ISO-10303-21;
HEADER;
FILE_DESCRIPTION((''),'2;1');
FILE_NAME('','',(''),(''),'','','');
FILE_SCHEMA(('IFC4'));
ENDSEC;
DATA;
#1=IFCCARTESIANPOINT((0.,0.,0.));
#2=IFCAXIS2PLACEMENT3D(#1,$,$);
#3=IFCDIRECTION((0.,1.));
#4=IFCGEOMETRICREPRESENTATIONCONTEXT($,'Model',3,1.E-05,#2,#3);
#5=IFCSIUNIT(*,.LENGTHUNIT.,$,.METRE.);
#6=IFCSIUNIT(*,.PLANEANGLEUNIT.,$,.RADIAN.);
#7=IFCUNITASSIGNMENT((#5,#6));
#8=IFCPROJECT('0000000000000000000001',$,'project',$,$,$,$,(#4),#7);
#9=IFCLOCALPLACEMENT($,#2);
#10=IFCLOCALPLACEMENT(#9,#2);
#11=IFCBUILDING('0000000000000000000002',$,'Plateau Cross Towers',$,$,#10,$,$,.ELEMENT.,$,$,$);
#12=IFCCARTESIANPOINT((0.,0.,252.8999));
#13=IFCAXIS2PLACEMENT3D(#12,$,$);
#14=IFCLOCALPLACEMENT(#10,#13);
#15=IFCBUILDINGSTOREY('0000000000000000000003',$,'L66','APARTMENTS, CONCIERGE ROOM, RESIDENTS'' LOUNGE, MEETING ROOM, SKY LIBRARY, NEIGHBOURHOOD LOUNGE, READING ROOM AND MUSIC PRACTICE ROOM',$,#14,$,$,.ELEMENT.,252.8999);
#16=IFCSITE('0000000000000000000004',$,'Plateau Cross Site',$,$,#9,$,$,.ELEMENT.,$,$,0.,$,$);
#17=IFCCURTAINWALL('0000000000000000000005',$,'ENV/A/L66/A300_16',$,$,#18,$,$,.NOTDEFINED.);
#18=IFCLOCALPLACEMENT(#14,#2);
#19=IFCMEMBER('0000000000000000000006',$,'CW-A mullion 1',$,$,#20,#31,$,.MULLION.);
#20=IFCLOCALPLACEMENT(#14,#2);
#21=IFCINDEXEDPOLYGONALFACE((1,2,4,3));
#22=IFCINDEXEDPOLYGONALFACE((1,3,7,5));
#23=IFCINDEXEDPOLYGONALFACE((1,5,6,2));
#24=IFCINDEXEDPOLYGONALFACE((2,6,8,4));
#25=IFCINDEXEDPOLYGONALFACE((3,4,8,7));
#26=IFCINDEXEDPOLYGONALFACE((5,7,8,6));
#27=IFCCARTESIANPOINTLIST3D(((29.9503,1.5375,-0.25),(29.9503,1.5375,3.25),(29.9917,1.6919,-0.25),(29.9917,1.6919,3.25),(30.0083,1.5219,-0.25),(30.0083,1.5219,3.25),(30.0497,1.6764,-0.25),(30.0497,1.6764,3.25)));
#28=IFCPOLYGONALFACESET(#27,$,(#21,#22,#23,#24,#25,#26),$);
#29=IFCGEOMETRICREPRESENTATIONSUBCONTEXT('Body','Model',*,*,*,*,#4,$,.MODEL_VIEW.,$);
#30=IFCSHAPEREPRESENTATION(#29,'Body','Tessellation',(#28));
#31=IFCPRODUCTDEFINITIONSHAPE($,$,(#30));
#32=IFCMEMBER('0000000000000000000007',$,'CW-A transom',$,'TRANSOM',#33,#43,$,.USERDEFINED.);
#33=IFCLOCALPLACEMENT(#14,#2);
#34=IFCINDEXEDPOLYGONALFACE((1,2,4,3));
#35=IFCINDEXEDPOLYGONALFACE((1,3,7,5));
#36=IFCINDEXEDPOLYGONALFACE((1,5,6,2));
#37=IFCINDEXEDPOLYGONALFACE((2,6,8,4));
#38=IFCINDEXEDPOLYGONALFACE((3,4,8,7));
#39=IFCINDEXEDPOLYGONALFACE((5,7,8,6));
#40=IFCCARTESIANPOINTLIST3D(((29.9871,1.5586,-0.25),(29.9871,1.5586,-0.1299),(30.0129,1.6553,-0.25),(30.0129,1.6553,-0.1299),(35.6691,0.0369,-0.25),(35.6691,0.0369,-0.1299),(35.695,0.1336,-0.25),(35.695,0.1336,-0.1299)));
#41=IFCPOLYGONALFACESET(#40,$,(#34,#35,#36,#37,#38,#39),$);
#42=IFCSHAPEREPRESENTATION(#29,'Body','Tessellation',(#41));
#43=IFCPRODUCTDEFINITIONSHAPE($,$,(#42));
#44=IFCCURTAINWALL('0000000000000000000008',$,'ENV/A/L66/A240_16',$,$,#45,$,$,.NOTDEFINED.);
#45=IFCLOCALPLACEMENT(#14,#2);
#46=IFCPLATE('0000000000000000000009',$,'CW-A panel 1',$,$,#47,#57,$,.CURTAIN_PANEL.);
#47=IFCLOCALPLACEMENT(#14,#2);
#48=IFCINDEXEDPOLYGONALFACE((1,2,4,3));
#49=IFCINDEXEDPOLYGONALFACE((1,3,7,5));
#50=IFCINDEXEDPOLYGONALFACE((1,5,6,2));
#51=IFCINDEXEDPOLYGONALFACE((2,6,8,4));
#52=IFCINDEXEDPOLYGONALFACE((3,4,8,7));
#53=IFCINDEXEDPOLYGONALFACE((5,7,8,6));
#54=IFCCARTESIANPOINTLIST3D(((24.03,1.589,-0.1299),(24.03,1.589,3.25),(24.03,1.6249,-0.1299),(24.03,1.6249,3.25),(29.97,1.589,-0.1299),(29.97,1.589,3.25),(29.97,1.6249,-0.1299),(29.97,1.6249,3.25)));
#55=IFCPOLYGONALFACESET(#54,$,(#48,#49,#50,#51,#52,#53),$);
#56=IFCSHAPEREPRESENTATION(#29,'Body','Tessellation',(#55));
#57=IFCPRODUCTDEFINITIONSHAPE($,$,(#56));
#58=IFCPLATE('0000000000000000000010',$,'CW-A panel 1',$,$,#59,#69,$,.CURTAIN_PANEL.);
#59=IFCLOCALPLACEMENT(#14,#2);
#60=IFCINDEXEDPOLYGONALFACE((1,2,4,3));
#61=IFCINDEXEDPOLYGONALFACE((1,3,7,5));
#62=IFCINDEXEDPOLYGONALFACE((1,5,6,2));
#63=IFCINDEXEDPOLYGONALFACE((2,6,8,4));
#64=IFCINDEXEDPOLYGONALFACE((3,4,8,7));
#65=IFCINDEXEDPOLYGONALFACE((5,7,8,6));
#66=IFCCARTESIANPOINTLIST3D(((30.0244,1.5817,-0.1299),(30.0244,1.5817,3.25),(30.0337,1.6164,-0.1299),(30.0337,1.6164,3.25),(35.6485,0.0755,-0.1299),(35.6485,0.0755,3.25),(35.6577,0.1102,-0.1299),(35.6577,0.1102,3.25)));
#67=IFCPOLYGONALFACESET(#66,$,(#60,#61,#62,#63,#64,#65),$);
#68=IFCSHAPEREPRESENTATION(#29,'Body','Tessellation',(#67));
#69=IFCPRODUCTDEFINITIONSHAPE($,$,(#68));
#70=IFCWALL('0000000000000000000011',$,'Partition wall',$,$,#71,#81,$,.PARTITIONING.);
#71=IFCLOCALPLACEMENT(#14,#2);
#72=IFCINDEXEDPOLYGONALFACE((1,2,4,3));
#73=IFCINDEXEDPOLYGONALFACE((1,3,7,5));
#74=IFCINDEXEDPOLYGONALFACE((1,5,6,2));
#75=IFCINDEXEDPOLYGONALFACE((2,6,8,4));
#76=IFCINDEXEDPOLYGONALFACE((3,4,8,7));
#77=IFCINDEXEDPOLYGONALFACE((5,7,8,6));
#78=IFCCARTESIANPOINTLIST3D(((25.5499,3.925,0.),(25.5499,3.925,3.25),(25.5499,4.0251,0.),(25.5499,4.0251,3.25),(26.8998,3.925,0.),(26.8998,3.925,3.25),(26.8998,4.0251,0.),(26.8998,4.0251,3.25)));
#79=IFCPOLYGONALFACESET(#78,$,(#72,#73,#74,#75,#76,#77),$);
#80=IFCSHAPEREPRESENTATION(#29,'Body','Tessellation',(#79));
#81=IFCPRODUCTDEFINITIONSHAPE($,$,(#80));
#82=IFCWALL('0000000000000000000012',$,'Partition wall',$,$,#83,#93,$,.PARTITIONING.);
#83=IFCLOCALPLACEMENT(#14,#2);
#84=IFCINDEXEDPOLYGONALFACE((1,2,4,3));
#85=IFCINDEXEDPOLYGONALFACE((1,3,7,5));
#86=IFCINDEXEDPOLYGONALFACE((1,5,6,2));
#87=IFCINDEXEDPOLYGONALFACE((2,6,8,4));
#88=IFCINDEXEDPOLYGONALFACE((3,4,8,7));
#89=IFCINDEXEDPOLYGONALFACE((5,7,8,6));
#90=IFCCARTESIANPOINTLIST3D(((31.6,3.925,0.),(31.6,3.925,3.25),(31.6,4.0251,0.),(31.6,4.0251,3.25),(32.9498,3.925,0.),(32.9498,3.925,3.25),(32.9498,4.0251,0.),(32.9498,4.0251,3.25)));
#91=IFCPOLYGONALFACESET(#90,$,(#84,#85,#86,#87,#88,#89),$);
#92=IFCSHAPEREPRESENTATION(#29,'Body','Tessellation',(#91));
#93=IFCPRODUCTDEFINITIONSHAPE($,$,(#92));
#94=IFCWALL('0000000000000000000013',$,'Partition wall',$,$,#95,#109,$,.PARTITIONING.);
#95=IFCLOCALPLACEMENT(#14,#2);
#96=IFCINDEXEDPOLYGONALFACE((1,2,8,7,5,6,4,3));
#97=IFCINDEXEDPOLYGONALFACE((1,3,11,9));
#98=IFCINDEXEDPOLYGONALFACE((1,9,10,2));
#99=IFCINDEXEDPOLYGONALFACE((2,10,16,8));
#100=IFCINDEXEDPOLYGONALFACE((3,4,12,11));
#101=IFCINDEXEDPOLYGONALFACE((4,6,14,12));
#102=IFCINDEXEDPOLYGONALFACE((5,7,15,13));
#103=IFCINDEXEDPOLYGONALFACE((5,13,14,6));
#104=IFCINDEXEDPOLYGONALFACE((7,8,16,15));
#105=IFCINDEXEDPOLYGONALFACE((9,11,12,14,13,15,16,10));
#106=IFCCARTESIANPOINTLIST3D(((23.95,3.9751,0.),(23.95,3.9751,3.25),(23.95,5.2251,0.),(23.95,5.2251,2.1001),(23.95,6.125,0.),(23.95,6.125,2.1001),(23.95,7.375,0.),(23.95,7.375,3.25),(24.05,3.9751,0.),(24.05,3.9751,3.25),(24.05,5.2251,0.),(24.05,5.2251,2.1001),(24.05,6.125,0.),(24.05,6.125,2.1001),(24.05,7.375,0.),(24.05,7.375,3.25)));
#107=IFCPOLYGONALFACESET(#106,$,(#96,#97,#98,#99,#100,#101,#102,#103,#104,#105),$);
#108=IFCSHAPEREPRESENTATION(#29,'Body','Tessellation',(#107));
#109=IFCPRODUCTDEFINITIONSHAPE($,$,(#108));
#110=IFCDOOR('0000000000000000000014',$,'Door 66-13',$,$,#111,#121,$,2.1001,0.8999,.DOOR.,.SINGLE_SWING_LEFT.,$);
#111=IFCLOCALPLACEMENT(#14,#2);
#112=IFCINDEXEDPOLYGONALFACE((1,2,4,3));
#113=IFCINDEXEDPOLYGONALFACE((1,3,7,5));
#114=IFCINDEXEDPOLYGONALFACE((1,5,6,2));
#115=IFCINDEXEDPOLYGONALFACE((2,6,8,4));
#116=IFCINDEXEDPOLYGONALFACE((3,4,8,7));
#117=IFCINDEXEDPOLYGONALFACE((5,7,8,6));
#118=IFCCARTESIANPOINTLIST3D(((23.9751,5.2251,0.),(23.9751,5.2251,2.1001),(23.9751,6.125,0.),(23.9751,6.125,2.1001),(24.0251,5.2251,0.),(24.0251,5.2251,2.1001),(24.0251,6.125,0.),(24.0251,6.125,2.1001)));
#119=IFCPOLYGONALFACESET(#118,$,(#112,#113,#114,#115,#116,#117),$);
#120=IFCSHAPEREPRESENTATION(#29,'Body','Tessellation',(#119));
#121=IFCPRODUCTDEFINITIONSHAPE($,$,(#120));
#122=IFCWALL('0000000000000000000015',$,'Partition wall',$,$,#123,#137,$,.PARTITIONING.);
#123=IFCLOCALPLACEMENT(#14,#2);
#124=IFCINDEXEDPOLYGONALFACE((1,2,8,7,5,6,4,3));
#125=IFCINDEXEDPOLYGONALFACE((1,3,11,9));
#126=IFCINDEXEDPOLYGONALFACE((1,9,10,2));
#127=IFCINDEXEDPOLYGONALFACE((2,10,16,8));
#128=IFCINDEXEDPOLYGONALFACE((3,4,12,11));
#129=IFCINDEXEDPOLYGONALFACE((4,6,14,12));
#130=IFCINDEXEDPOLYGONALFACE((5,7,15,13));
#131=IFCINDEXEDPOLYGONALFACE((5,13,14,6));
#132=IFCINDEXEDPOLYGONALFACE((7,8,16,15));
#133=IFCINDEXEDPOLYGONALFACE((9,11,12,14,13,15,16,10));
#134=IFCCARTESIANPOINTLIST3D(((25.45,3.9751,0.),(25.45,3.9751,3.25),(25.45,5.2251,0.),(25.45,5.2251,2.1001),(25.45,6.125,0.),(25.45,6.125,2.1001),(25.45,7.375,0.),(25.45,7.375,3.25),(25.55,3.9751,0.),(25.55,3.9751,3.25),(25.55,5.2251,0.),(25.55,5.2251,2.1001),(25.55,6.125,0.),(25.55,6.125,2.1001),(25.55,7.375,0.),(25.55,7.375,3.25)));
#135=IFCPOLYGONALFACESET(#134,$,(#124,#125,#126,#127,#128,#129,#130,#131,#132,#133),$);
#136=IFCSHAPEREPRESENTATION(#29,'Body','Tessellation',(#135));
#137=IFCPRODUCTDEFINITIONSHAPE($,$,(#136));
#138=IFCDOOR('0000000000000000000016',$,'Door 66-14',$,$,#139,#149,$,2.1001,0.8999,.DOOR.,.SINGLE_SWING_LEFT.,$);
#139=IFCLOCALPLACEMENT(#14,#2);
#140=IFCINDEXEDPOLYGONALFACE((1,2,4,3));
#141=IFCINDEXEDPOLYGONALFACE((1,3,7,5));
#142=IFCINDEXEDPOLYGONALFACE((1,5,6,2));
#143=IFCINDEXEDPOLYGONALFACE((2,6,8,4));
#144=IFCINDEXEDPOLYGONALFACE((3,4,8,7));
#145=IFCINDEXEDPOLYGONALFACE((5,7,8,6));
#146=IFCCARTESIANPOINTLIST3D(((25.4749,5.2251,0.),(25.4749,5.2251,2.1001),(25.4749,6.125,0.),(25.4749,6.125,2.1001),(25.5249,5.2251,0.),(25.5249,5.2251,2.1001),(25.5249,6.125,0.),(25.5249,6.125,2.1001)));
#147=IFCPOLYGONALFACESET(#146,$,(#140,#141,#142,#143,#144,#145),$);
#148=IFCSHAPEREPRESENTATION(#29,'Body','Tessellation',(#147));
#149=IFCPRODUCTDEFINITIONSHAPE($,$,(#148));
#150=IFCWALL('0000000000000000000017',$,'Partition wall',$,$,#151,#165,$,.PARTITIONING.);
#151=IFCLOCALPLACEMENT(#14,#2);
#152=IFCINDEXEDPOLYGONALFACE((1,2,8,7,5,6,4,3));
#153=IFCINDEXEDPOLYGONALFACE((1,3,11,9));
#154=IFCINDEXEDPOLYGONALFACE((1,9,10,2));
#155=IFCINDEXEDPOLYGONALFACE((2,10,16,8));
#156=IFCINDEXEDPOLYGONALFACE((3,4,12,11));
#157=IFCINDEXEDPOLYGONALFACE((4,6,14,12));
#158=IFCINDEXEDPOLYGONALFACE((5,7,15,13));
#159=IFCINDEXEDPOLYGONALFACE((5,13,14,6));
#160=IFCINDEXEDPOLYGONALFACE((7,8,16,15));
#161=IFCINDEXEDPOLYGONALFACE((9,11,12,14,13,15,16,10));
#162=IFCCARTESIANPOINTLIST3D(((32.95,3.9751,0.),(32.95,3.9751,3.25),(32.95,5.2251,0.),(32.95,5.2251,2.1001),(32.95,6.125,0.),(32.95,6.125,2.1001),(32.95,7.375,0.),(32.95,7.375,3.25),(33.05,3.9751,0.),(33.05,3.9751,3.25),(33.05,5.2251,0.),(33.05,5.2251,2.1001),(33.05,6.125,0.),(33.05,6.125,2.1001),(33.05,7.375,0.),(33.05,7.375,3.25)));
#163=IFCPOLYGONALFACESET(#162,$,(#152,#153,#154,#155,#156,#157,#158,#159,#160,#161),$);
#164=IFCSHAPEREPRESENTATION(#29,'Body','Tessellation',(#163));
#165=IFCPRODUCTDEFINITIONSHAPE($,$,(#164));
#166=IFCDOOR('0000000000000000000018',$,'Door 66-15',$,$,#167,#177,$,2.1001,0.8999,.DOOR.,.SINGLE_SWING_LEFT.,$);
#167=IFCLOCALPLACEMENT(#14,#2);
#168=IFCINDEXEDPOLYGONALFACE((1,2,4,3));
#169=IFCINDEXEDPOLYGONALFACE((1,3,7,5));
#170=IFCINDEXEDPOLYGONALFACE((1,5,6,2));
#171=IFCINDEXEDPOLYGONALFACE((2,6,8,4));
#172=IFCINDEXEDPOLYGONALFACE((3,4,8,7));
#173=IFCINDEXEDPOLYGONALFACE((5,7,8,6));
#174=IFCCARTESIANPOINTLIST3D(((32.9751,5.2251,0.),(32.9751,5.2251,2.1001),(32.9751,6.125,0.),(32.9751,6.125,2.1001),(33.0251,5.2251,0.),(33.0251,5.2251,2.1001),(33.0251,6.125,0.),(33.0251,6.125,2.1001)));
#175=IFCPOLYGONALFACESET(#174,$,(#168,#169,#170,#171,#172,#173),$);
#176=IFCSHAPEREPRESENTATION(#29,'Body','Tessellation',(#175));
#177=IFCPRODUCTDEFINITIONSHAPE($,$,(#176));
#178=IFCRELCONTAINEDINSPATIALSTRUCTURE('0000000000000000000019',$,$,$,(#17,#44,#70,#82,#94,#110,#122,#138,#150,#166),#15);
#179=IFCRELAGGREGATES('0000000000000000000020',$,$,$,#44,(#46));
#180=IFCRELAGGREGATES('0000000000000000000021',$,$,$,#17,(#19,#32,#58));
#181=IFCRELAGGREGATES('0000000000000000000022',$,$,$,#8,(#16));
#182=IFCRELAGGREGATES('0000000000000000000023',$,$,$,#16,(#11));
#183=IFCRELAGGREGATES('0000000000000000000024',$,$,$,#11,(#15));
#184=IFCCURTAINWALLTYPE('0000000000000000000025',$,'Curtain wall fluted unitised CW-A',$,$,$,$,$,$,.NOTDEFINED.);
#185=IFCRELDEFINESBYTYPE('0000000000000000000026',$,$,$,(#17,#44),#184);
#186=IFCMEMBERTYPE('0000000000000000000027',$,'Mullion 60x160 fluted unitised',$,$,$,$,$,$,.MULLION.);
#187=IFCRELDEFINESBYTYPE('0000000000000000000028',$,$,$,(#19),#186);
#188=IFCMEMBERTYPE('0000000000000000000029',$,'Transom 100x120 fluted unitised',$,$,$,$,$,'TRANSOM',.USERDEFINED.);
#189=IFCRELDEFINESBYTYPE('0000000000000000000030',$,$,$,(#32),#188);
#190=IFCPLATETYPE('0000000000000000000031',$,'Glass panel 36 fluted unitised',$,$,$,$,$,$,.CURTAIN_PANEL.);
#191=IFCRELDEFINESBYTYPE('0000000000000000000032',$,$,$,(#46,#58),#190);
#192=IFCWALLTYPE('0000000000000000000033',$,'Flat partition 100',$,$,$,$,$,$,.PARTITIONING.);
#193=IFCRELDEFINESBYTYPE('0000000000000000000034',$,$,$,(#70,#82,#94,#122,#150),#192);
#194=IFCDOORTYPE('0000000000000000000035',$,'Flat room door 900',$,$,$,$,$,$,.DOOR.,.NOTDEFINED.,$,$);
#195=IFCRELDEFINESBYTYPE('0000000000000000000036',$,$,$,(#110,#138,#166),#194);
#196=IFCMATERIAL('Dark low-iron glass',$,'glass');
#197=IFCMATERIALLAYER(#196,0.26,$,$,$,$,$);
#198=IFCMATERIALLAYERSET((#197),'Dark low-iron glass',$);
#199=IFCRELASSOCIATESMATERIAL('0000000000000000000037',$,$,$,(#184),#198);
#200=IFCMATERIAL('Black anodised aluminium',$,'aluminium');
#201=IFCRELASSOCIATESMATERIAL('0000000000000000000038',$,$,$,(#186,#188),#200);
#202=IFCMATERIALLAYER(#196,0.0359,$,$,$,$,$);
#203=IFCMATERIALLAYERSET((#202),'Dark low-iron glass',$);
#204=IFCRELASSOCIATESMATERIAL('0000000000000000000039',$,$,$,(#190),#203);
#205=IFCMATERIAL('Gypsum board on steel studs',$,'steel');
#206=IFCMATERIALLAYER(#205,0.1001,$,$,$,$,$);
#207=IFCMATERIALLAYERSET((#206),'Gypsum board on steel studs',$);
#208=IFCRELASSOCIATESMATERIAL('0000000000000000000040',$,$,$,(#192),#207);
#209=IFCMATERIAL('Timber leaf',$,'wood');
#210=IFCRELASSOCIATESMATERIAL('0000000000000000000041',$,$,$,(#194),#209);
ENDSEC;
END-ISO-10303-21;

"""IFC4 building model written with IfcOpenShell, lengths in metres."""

from ifc_helpers import new_model, si_unit, direction, frame, frame_2d, origin, origin_2d, place, context, subcontext, project, spatial, rectangle, extrude, material, layer, layer_set, material_profile, profile_set, type_object, element, fill, aggregate, save


model = new_model("IFC4")

# Units and contexts
model_context = context("Model", 3, precision=1e-05, world=origin(), true_north=direction((0.0, 1.0)))
body_context = subcontext(model_context, "Body", "Model", "MODEL_VIEW")
ifc_project = project(units=[si_unit("LENGTHUNIT", "METRE"), si_unit("PLANEANGLEUNIT", "RADIAN")], contexts=[model_context])

# Site, building, storey
site_placement = place(None, origin())
site = spatial("IfcSite", under=ifc_project, at=site_placement, Name="Plateau Cross Site", CompositionType="ELEMENT", RefElevation=0.0)
building_placement = place(site_placement, origin())
building = spatial("IfcBuilding", under=site, at=building_placement, Name="Plateau Cross Towers", CompositionType="ELEMENT")
storey_placement = place(building_placement, frame((0.0, 0.0, 252.8999)))
storey = spatial("IfcBuildingStorey", under=building, at=storey_placement, Name="L66", Description="APARTMENTS, CONCIERGE ROOM, RESIDENTS' LOUNGE, MEETING ROOM, SKY LIBRARY, NEIGHBOURHOOD LOUNGE, READING ROOM AND MUSIC PRACTICE ROOM", CompositionType="ELEMENT", Elevation=252.8999)

# Curtain wall, members
ifc_material_1 = material(Name="Dark low-iron glass", Category="glass")
ifc_layer_1 = layer(ifc_material_1, 0.26)
ifc_layer_set_1 = layer_set([ifc_layer_1], Name="Dark low-iron glass")
curtain_wall_type = type_object("IfcCurtainWallType", Name="Curtain wall fluted unitised CW-A", PredefinedType="NOTDEFINED", material=ifc_layer_set_1)
curtain_wall_1_placement = place(storey_placement, origin())
curtain_wall_1 = element("IfcCurtainWall", 1, at=curtain_wall_1_placement, inside=storey, type_object=curtain_wall_type, Name="ENV/A/L66/A300_16", PredefinedType="NOTDEFINED")
ifc_material_2 = material(Name="Black anodised aluminium", Category="aluminium")
ifc_material_profile_1 = material_profile(ifc_material_2, rectangle(XDim=0.0601, YDim=0.1599, at=origin_2d()), Name="MULLION 60x160")
ifc_profile_set_1 = profile_set([ifc_material_profile_1], Name="Black anodised aluminium")
member_type_1 = type_object("IfcMemberType", Name="Mullion 60x160 fluted unitised", PredefinedType="MULLION", material=ifc_profile_set_1)
member_1_placement = place(storey_placement, frame((30.0, 1.6069, -0.25), z_axis=(0.0, 0.0, 1.0), x_axis=(0.965958, -0.258699, 0.0)))
member_1 = element("IfcMember", 2, at=member_1_placement, type_object=member_type_1, Name="CW-A mullion 1", PredefinedType="MULLION", context=body_context, shape_type="SweptSolid", body=[
    extrude(rectangle(XDim=0.0601, YDim=0.1599, at=origin_2d()), origin(), (0.0, 0.0, 1.0), 3.5),
])
ifc_material_profile_2 = material_profile(ifc_material_2, rectangle(XDim=0.1001, YDim=0.1201, at=origin_2d()), Name="TRANSOM 100x120")
ifc_profile_set_2 = profile_set([ifc_material_profile_2], Name="Black anodised aluminium")
member_type_2 = type_object("IfcMemberType", Name="Transom 100x120 fluted unitised", ElementType="TRANSOM", PredefinedType="USERDEFINED", material=ifc_profile_set_2)
member_2_placement = place(storey_placement, frame((30.0, 1.6069, -0.1899), z_axis=(0.96596, -0.258693, 0.0), x_axis=(0.258693, 0.96596, 0.0)))
member_2 = element("IfcMember", 3, at=member_2_placement, type_object=member_type_2, Name="CW-A transom", ObjectType="TRANSOM", PredefinedType="USERDEFINED", context=body_context, shape_type="SweptSolid", body=[
    extrude(rectangle(XDim=0.1001, YDim=0.1201, at=origin_2d()), origin(), (0.0, 0.0, 1.0), 5.8823),
])

# Curtain wall, plate
curtain_wall_2_placement = place(storey_placement, origin())
curtain_wall_2 = element("IfcCurtainWall", 4, at=curtain_wall_2_placement, inside=storey, type_object=curtain_wall_type, Name="ENV/A/L66/A240_16", PredefinedType="NOTDEFINED")
ifc_layer_2 = layer(ifc_material_1, 0.0359)
ifc_layer_set_2 = layer_set([ifc_layer_2], Name="Dark low-iron glass")
plate_type = type_object("IfcPlateType", Name="Glass panel 36 fluted unitised", PredefinedType="CURTAIN_PANEL", material=ifc_layer_set_2)
plate_1_placement = place(storey_placement, frame((27.0, 1.6069, -0.1299), z_axis=(0.0, 0.0, 1.0), x_axis=(1.0, 0.0, 0.0)))
plate_1 = element("IfcPlate", 5, at=plate_1_placement, type_object=plate_type, Name="CW-A panel 1", PredefinedType="CURTAIN_PANEL", context=body_context, shape_type="SweptSolid", body=[
    extrude(rectangle(XDim=5.9399, YDim=0.0359, at=origin_2d()), origin(), (0.0, 0.0, 1.0), 3.3799),
])
aggregate(curtain_wall_2, [plate_1])

# Plate
plate_2_placement = place(storey_placement, frame((32.8411, 0.8459, -0.1299), z_axis=(0.0, 0.0, 1.0), x_axis=(0.965958, -0.258699, 0.0)))
plate_2 = element("IfcPlate", 6, at=plate_2_placement, type_object=plate_type, Name="CW-A panel 1", PredefinedType="CURTAIN_PANEL", context=body_context, shape_type="SweptSolid", body=[
    extrude(rectangle(XDim=5.8223, YDim=0.0359, at=origin_2d()), origin(), (0.0, 0.0, 1.0), 3.3799),
])
aggregate(curtain_wall_1, [member_1, member_2, plate_2])

# Walls
ifc_material_3 = material(Name="Gypsum board on steel studs", Category="steel")
ifc_layer_3 = layer(ifc_material_3, 0.1001)
ifc_layer_set_3 = layer_set([ifc_layer_3], Name="Gypsum board on steel studs")
wall_type_1 = type_object("IfcWallType", Name="Flat partition 100", PredefinedType="PARTITIONING", material=ifc_layer_set_3)
for number, where, z_axis, x_axis, name in (
    (7, (25.55, 3.9751, 0.0), (0.0, 0.0, 1.0), (1.0, 0.0, 0.0), "Partition wall"),
    (8, (31.6001, 3.9751, 0.0), (0.0, 0.0, 1.0), (1.0, 0.0, 0.0), "Partition wall"),
):
    element("IfcWall", number, at=place(storey_placement, frame(where, z_axis=z_axis, x_axis=x_axis)), inside=storey, type_object=wall_type_1, Name=name, PredefinedType="PARTITIONING", context=body_context, shape_type="SweptSolid", body=[
        extrude(rectangle(XDim=1.3499, YDim=0.1001, at=frame_2d((0.6748, 0.0))), origin(), (0.0, 0.0, 1.0), 3.25),
    ])

# Walls, openings, doors
wall_1_placement = place(storey_placement, frame((24.0, 3.9751, 0.0), z_axis=(0.0, 0.0, 1.0), x_axis=(0.0, 1.0, 0.0)))
wall_1 = element("IfcWall", 9, at=wall_1_placement, inside=storey, type_object=wall_type_1, Name="Partition wall", PredefinedType="PARTITIONING", context=body_context, shape_type="SweptSolid", body=[
    extrude(rectangle(XDim=3.3999, YDim=0.1001, at=frame_2d((1.7, 0.0))), origin(), (0.0, 0.0, 1.0), 3.25),
])
opening_1_placement = place(wall_1_placement, frame((1.25, 0.0, 0.0)))
opening_1 = element("IfcOpeningElement", 10, at=opening_1_placement, cuts=wall_1, PredefinedType="OPENING", context=body_context, shape_type="SweptSolid", body=[
    extrude(rectangle(XDim=0.8999, YDim=2.1001, at=frame_2d((0.45, 1.05))), frame((0.0, 0.0601, 0.0), z_axis=(0.0, -1.0, 0.0), x_axis=(1.0, 0.0, 0.0)), (0.0, 0.0, 1.0), 0.1201),
])
ifc_material_4 = material(Name="Timber leaf", Category="wood")
door_type = type_object("IfcDoorType", Name="Flat room door 900", OperationType="NOTDEFINED", PredefinedType="DOOR", material=ifc_material_4)
door_1_placement = place(opening_1_placement, origin())
door_1 = element("IfcDoor", 11, at=door_1_placement, inside=storey, type_object=door_type, Name="Door 66-13", OperationType="SINGLE_SWING_LEFT", OverallHeight=2.1001, OverallWidth=0.8999, PredefinedType="DOOR", context=body_context, shape_type="SweptSolid", body=[
    extrude(rectangle(XDim=0.8999, YDim=2.1001, at=frame_2d((0.45, 1.05))), frame((0.0, 0.0249, 0.0), z_axis=(0.0, -1.0, 0.0), x_axis=(1.0, 0.0, 0.0)), (0.0, 0.0, 1.0), 0.05),
])
fill(opening_1, door_1)
wall_2_placement = place(storey_placement, frame((25.5, 7.375, 0.0), z_axis=(0.0, 0.0, 1.0), x_axis=(0.0, -1.0, 0.0)))
wall_2 = element("IfcWall", 12, at=wall_2_placement, inside=storey, type_object=wall_type_1, Name="Partition wall", PredefinedType="PARTITIONING", context=body_context, shape_type="SweptSolid", body=[
    extrude(rectangle(XDim=3.3999, YDim=0.1001, at=frame_2d((1.7, 0.0))), origin(), (0.0, 0.0, 1.0), 3.25),
])
opening_2_placement = place(wall_2_placement, frame((1.25, 0.0, 0.0)))
opening_2 = element("IfcOpeningElement", 13, at=opening_2_placement, cuts=wall_2, PredefinedType="OPENING", context=body_context, shape_type="SweptSolid", body=[
    extrude(rectangle(XDim=0.8999, YDim=2.1001, at=frame_2d((0.45, 1.05))), frame((0.0, 0.0601, 0.0), z_axis=(0.0, -1.0, 0.0), x_axis=(1.0, 0.0, 0.0)), (0.0, 0.0, 1.0), 0.1201),
])
door_2_placement = place(opening_2_placement, origin())
door_2 = element("IfcDoor", 14, at=door_2_placement, inside=storey, type_object=door_type, Name="Door 66-14", OperationType="SINGLE_SWING_LEFT", OverallHeight=2.1001, OverallWidth=0.8999, PredefinedType="DOOR", context=body_context, shape_type="SweptSolid", body=[
    extrude(rectangle(XDim=0.8999, YDim=2.1001, at=frame_2d((0.45, 1.05))), frame((0.0, 0.0249, 0.0), z_axis=(0.0, -1.0, 0.0), x_axis=(1.0, 0.0, 0.0)), (0.0, 0.0, 1.0), 0.05),
])
fill(opening_2, door_2)
wall_3_placement = place(storey_placement, frame((33.0, 3.9751, 0.0), z_axis=(0.0, 0.0, 1.0), x_axis=(0.0, 1.0, 0.0)))
wall_3 = element("IfcWall", 15, at=wall_3_placement, inside=storey, type_object=wall_type_1, Name="Partition wall", PredefinedType="PARTITIONING", context=body_context, shape_type="SweptSolid", body=[
    extrude(rectangle(XDim=3.3999, YDim=0.1001, at=frame_2d((1.7, 0.0))), origin(), (0.0, 0.0, 1.0), 3.25),
])
opening_3_placement = place(wall_3_placement, frame((1.25, 0.0, 0.0)))
opening_3 = element("IfcOpeningElement", 16, at=opening_3_placement, cuts=wall_3, PredefinedType="OPENING", context=body_context, shape_type="SweptSolid", body=[
    extrude(rectangle(XDim=0.8999, YDim=2.1001, at=frame_2d((0.45, 1.05))), frame((0.0, 0.0601, 0.0), z_axis=(0.0, -1.0, 0.0), x_axis=(1.0, 0.0, 0.0)), (0.0, 0.0, 1.0), 0.1201),
])
door_3_placement = place(opening_3_placement, origin())
door_3 = element("IfcDoor", 17, at=door_3_placement, inside=storey, type_object=door_type, Name="Door 66-15", OperationType="SINGLE_SWING_LEFT", OverallHeight=2.1001, OverallWidth=0.8999, PredefinedType="DOOR", context=body_context, shape_type="SweptSolid", body=[
    extrude(rectangle(XDim=0.8999, YDim=2.1001, at=frame_2d((0.45, 1.05))), frame((0.0, 0.0249, 0.0), z_axis=(0.0, -1.0, 0.0), x_axis=(1.0, 0.0, 0.0)), (0.0, 0.0, 1.0), 0.05),
])
fill(opening_3, door_3)

save(model, "model.ifc")
